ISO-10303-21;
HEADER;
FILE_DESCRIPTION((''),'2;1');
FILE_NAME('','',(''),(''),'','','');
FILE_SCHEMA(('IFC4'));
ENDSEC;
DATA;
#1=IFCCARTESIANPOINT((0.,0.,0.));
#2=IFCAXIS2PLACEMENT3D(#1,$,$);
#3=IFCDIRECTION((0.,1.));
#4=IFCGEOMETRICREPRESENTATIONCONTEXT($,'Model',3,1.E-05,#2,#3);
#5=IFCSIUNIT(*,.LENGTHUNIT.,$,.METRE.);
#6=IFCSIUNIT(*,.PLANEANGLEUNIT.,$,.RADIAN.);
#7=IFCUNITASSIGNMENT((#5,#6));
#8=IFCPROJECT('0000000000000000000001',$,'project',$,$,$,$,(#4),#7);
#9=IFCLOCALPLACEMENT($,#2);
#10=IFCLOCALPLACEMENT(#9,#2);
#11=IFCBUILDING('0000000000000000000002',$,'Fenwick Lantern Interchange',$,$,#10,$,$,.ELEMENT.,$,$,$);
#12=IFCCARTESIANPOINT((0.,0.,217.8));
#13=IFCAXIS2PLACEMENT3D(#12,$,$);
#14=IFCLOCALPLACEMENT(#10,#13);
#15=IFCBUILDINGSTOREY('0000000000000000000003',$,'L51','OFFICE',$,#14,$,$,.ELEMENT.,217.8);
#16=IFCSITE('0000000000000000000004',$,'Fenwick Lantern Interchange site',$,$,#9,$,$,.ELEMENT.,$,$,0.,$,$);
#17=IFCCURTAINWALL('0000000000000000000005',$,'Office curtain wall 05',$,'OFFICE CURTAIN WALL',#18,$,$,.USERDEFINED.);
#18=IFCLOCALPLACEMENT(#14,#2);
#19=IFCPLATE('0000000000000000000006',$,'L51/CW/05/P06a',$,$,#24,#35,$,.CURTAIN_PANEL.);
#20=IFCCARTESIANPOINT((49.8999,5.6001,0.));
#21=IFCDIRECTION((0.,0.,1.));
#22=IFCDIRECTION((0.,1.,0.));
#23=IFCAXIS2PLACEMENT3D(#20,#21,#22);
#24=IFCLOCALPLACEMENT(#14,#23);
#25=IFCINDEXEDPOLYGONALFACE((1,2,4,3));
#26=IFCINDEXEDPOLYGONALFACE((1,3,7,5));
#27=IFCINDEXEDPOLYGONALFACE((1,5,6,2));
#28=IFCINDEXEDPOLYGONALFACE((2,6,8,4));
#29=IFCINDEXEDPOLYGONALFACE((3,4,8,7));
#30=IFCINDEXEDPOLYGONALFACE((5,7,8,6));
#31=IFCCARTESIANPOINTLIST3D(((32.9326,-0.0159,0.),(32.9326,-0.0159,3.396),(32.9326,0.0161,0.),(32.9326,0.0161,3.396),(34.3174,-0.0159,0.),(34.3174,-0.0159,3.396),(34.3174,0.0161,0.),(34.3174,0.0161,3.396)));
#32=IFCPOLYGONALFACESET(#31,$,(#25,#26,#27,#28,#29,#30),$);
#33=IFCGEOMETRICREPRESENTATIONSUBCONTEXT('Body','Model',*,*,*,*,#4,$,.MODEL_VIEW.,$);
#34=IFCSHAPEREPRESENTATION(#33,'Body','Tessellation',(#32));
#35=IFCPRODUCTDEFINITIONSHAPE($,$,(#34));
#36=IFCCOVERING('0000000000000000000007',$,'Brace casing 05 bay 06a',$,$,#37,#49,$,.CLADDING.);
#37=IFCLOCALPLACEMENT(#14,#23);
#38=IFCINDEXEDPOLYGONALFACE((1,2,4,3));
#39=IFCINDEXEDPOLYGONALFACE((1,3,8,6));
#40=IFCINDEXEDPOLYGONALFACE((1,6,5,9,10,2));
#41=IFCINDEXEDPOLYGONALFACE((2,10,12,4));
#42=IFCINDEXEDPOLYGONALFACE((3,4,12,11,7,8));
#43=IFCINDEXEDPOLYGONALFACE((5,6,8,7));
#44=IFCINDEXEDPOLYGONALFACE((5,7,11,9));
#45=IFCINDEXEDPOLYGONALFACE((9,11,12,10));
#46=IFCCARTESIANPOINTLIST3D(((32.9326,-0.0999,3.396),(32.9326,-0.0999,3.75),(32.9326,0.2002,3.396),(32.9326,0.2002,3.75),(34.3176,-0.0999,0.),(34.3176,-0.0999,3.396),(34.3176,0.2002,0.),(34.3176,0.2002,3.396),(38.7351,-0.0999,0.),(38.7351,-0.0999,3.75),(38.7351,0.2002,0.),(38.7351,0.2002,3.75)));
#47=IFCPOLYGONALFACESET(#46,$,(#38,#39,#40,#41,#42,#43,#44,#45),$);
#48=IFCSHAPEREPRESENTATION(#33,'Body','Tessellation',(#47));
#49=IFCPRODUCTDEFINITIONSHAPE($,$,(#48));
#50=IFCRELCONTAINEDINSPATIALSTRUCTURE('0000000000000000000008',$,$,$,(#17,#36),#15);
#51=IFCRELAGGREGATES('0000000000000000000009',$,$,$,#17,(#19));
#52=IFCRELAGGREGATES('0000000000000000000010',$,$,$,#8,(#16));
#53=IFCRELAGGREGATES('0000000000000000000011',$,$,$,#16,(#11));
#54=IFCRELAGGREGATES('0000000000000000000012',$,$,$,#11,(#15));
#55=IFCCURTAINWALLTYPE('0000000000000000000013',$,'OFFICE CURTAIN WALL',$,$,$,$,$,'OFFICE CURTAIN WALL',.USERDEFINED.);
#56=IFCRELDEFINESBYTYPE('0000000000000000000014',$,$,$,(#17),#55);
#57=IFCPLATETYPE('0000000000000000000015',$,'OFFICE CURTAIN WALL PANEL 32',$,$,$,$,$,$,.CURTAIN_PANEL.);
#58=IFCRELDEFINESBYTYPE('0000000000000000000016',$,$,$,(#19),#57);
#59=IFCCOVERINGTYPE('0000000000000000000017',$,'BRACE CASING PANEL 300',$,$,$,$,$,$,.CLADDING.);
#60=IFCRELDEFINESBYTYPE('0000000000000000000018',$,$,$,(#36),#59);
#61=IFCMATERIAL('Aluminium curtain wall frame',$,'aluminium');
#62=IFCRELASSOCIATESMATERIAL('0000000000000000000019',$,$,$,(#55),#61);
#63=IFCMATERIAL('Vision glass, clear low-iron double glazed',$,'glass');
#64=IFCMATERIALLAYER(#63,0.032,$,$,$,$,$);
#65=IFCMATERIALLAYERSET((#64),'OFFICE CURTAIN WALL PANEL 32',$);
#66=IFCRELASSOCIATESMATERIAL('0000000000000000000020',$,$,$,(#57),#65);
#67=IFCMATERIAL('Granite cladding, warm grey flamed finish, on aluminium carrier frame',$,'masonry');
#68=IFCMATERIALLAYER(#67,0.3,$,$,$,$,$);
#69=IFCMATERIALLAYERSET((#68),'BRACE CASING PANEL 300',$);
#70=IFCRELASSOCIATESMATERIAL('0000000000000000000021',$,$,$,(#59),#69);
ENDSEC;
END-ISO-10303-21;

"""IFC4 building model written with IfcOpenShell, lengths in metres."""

from ifc_helpers import new_model, si_unit, direction, frame, origin, place, context, subcontext, project, spatial, polyline, outline, extrude, material, layer, layer_set, type_object, element, aggregate, save


model = new_model("IFC4")

# Units and contexts
model_context = context("Model", 3, precision=1e-05, world=origin(), true_north=direction((0.0, 1.0)))
body_context = subcontext(model_context, "Body", "Model", "MODEL_VIEW")
ifc_project = project(units=[si_unit("LENGTHUNIT", "METRE"), si_unit("PLANEANGLEUNIT", "RADIAN")], contexts=[model_context])

# Site, building, storey
site_placement = place(None, origin())
site = spatial("IfcSite", under=ifc_project, at=site_placement, Name="Fenwick Lantern Interchange site", CompositionType="ELEMENT", RefElevation=0.0)
building_placement = place(site_placement, origin())
building = spatial("IfcBuilding", under=site, at=building_placement, Name="Fenwick Lantern Interchange", CompositionType="ELEMENT")
storey_placement = place(building_placement, frame((0.0, 0.0, 217.8)))
storey = spatial("IfcBuildingStorey", under=building, at=storey_placement, Name="L51", Description="OFFICE", CompositionType="ELEMENT", Elevation=217.8)

# Curtain wall, plate
ifc_material_1 = material(Name="Aluminium curtain wall frame", Category="aluminium")
curtain_wall_type = type_object("IfcCurtainWallType", Name="OFFICE CURTAIN WALL", ElementType="OFFICE CURTAIN WALL", PredefinedType="USERDEFINED", material=ifc_material_1)
curtain_wall_placement = place(storey_placement, origin())
curtain_wall = element("IfcCurtainWall", 1, at=curtain_wall_placement, inside=storey, type_object=curtain_wall_type, Name="Office curtain wall 05", ObjectType="OFFICE CURTAIN WALL", PredefinedType="USERDEFINED")
ifc_material_2 = material(Name="Vision glass, clear low-iron double glazed", Category="glass")
ifc_layer_1 = layer(ifc_material_2, 0.032)
ifc_layer_set_1 = layer_set([ifc_layer_1], Name="OFFICE CURTAIN WALL PANEL 32")
plate_type = type_object("IfcPlateType", Name="OFFICE CURTAIN WALL PANEL 32", PredefinedType="CURTAIN_PANEL", material=ifc_layer_set_1)
plate_placement = place(storey_placement, frame((49.8999, 5.6001, 0.0), z_axis=(0.0, 0.0, 1.0), x_axis=(0.0, 1.0, 0.0)))
plate = element("IfcPlate", 2, at=plate_placement, type_object=plate_type, Name="L51/CW/05/P06a", PredefinedType="CURTAIN_PANEL", context=body_context, shape_type="SweptSolid", body=[
    extrude(outline(polyline([(32.9326, 0.0), (34.3174, 0.0), (34.3174, 3.396), (32.9326, 3.396), (32.9326, 0.0)])), frame((0.0, 0.0161, 0.0), z_axis=(0.0, -1.0, 0.0), x_axis=(1.0, 0.0, 0.0)), (0.0, 0.0, 1.0), 0.032),
])
aggregate(curtain_wall, [plate])

# Covering
ifc_material_3 = material(Name="Granite cladding, warm grey flamed finish, on aluminium carrier frame", Category="masonry")
ifc_layer_2 = layer(ifc_material_3, 0.3)
ifc_layer_set_2 = layer_set([ifc_layer_2], Name="BRACE CASING PANEL 300")
covering_type = type_object("IfcCoveringType", Name="BRACE CASING PANEL 300", PredefinedType="CLADDING", material=ifc_layer_set_2)
covering_placement = place(storey_placement, frame((49.8999, 5.6001, 0.0), z_axis=(0.0, 0.0, 1.0), x_axis=(0.0, 1.0, 0.0)))
element("IfcCovering", 3, at=covering_placement, inside=storey, type_object=covering_type, Name="Brace casing 05 bay 06a", PredefinedType="CLADDING", context=body_context, shape_type="SweptSolid", body=[
    extrude(outline(polyline([(34.3176, 0.0), (38.7351, 0.0), (38.7351, 3.75), (32.9326, 3.75), (32.9326, 3.396), (34.3176, 3.396), (34.3176, 0.0)])), frame((0.0, 0.2002, 0.0), z_axis=(0.0, -1.0, 0.0), x_axis=(1.0, 0.0, 0.0)), (0.0, 0.0, 1.0), 0.3),
])

save(model, "model.ifc")
